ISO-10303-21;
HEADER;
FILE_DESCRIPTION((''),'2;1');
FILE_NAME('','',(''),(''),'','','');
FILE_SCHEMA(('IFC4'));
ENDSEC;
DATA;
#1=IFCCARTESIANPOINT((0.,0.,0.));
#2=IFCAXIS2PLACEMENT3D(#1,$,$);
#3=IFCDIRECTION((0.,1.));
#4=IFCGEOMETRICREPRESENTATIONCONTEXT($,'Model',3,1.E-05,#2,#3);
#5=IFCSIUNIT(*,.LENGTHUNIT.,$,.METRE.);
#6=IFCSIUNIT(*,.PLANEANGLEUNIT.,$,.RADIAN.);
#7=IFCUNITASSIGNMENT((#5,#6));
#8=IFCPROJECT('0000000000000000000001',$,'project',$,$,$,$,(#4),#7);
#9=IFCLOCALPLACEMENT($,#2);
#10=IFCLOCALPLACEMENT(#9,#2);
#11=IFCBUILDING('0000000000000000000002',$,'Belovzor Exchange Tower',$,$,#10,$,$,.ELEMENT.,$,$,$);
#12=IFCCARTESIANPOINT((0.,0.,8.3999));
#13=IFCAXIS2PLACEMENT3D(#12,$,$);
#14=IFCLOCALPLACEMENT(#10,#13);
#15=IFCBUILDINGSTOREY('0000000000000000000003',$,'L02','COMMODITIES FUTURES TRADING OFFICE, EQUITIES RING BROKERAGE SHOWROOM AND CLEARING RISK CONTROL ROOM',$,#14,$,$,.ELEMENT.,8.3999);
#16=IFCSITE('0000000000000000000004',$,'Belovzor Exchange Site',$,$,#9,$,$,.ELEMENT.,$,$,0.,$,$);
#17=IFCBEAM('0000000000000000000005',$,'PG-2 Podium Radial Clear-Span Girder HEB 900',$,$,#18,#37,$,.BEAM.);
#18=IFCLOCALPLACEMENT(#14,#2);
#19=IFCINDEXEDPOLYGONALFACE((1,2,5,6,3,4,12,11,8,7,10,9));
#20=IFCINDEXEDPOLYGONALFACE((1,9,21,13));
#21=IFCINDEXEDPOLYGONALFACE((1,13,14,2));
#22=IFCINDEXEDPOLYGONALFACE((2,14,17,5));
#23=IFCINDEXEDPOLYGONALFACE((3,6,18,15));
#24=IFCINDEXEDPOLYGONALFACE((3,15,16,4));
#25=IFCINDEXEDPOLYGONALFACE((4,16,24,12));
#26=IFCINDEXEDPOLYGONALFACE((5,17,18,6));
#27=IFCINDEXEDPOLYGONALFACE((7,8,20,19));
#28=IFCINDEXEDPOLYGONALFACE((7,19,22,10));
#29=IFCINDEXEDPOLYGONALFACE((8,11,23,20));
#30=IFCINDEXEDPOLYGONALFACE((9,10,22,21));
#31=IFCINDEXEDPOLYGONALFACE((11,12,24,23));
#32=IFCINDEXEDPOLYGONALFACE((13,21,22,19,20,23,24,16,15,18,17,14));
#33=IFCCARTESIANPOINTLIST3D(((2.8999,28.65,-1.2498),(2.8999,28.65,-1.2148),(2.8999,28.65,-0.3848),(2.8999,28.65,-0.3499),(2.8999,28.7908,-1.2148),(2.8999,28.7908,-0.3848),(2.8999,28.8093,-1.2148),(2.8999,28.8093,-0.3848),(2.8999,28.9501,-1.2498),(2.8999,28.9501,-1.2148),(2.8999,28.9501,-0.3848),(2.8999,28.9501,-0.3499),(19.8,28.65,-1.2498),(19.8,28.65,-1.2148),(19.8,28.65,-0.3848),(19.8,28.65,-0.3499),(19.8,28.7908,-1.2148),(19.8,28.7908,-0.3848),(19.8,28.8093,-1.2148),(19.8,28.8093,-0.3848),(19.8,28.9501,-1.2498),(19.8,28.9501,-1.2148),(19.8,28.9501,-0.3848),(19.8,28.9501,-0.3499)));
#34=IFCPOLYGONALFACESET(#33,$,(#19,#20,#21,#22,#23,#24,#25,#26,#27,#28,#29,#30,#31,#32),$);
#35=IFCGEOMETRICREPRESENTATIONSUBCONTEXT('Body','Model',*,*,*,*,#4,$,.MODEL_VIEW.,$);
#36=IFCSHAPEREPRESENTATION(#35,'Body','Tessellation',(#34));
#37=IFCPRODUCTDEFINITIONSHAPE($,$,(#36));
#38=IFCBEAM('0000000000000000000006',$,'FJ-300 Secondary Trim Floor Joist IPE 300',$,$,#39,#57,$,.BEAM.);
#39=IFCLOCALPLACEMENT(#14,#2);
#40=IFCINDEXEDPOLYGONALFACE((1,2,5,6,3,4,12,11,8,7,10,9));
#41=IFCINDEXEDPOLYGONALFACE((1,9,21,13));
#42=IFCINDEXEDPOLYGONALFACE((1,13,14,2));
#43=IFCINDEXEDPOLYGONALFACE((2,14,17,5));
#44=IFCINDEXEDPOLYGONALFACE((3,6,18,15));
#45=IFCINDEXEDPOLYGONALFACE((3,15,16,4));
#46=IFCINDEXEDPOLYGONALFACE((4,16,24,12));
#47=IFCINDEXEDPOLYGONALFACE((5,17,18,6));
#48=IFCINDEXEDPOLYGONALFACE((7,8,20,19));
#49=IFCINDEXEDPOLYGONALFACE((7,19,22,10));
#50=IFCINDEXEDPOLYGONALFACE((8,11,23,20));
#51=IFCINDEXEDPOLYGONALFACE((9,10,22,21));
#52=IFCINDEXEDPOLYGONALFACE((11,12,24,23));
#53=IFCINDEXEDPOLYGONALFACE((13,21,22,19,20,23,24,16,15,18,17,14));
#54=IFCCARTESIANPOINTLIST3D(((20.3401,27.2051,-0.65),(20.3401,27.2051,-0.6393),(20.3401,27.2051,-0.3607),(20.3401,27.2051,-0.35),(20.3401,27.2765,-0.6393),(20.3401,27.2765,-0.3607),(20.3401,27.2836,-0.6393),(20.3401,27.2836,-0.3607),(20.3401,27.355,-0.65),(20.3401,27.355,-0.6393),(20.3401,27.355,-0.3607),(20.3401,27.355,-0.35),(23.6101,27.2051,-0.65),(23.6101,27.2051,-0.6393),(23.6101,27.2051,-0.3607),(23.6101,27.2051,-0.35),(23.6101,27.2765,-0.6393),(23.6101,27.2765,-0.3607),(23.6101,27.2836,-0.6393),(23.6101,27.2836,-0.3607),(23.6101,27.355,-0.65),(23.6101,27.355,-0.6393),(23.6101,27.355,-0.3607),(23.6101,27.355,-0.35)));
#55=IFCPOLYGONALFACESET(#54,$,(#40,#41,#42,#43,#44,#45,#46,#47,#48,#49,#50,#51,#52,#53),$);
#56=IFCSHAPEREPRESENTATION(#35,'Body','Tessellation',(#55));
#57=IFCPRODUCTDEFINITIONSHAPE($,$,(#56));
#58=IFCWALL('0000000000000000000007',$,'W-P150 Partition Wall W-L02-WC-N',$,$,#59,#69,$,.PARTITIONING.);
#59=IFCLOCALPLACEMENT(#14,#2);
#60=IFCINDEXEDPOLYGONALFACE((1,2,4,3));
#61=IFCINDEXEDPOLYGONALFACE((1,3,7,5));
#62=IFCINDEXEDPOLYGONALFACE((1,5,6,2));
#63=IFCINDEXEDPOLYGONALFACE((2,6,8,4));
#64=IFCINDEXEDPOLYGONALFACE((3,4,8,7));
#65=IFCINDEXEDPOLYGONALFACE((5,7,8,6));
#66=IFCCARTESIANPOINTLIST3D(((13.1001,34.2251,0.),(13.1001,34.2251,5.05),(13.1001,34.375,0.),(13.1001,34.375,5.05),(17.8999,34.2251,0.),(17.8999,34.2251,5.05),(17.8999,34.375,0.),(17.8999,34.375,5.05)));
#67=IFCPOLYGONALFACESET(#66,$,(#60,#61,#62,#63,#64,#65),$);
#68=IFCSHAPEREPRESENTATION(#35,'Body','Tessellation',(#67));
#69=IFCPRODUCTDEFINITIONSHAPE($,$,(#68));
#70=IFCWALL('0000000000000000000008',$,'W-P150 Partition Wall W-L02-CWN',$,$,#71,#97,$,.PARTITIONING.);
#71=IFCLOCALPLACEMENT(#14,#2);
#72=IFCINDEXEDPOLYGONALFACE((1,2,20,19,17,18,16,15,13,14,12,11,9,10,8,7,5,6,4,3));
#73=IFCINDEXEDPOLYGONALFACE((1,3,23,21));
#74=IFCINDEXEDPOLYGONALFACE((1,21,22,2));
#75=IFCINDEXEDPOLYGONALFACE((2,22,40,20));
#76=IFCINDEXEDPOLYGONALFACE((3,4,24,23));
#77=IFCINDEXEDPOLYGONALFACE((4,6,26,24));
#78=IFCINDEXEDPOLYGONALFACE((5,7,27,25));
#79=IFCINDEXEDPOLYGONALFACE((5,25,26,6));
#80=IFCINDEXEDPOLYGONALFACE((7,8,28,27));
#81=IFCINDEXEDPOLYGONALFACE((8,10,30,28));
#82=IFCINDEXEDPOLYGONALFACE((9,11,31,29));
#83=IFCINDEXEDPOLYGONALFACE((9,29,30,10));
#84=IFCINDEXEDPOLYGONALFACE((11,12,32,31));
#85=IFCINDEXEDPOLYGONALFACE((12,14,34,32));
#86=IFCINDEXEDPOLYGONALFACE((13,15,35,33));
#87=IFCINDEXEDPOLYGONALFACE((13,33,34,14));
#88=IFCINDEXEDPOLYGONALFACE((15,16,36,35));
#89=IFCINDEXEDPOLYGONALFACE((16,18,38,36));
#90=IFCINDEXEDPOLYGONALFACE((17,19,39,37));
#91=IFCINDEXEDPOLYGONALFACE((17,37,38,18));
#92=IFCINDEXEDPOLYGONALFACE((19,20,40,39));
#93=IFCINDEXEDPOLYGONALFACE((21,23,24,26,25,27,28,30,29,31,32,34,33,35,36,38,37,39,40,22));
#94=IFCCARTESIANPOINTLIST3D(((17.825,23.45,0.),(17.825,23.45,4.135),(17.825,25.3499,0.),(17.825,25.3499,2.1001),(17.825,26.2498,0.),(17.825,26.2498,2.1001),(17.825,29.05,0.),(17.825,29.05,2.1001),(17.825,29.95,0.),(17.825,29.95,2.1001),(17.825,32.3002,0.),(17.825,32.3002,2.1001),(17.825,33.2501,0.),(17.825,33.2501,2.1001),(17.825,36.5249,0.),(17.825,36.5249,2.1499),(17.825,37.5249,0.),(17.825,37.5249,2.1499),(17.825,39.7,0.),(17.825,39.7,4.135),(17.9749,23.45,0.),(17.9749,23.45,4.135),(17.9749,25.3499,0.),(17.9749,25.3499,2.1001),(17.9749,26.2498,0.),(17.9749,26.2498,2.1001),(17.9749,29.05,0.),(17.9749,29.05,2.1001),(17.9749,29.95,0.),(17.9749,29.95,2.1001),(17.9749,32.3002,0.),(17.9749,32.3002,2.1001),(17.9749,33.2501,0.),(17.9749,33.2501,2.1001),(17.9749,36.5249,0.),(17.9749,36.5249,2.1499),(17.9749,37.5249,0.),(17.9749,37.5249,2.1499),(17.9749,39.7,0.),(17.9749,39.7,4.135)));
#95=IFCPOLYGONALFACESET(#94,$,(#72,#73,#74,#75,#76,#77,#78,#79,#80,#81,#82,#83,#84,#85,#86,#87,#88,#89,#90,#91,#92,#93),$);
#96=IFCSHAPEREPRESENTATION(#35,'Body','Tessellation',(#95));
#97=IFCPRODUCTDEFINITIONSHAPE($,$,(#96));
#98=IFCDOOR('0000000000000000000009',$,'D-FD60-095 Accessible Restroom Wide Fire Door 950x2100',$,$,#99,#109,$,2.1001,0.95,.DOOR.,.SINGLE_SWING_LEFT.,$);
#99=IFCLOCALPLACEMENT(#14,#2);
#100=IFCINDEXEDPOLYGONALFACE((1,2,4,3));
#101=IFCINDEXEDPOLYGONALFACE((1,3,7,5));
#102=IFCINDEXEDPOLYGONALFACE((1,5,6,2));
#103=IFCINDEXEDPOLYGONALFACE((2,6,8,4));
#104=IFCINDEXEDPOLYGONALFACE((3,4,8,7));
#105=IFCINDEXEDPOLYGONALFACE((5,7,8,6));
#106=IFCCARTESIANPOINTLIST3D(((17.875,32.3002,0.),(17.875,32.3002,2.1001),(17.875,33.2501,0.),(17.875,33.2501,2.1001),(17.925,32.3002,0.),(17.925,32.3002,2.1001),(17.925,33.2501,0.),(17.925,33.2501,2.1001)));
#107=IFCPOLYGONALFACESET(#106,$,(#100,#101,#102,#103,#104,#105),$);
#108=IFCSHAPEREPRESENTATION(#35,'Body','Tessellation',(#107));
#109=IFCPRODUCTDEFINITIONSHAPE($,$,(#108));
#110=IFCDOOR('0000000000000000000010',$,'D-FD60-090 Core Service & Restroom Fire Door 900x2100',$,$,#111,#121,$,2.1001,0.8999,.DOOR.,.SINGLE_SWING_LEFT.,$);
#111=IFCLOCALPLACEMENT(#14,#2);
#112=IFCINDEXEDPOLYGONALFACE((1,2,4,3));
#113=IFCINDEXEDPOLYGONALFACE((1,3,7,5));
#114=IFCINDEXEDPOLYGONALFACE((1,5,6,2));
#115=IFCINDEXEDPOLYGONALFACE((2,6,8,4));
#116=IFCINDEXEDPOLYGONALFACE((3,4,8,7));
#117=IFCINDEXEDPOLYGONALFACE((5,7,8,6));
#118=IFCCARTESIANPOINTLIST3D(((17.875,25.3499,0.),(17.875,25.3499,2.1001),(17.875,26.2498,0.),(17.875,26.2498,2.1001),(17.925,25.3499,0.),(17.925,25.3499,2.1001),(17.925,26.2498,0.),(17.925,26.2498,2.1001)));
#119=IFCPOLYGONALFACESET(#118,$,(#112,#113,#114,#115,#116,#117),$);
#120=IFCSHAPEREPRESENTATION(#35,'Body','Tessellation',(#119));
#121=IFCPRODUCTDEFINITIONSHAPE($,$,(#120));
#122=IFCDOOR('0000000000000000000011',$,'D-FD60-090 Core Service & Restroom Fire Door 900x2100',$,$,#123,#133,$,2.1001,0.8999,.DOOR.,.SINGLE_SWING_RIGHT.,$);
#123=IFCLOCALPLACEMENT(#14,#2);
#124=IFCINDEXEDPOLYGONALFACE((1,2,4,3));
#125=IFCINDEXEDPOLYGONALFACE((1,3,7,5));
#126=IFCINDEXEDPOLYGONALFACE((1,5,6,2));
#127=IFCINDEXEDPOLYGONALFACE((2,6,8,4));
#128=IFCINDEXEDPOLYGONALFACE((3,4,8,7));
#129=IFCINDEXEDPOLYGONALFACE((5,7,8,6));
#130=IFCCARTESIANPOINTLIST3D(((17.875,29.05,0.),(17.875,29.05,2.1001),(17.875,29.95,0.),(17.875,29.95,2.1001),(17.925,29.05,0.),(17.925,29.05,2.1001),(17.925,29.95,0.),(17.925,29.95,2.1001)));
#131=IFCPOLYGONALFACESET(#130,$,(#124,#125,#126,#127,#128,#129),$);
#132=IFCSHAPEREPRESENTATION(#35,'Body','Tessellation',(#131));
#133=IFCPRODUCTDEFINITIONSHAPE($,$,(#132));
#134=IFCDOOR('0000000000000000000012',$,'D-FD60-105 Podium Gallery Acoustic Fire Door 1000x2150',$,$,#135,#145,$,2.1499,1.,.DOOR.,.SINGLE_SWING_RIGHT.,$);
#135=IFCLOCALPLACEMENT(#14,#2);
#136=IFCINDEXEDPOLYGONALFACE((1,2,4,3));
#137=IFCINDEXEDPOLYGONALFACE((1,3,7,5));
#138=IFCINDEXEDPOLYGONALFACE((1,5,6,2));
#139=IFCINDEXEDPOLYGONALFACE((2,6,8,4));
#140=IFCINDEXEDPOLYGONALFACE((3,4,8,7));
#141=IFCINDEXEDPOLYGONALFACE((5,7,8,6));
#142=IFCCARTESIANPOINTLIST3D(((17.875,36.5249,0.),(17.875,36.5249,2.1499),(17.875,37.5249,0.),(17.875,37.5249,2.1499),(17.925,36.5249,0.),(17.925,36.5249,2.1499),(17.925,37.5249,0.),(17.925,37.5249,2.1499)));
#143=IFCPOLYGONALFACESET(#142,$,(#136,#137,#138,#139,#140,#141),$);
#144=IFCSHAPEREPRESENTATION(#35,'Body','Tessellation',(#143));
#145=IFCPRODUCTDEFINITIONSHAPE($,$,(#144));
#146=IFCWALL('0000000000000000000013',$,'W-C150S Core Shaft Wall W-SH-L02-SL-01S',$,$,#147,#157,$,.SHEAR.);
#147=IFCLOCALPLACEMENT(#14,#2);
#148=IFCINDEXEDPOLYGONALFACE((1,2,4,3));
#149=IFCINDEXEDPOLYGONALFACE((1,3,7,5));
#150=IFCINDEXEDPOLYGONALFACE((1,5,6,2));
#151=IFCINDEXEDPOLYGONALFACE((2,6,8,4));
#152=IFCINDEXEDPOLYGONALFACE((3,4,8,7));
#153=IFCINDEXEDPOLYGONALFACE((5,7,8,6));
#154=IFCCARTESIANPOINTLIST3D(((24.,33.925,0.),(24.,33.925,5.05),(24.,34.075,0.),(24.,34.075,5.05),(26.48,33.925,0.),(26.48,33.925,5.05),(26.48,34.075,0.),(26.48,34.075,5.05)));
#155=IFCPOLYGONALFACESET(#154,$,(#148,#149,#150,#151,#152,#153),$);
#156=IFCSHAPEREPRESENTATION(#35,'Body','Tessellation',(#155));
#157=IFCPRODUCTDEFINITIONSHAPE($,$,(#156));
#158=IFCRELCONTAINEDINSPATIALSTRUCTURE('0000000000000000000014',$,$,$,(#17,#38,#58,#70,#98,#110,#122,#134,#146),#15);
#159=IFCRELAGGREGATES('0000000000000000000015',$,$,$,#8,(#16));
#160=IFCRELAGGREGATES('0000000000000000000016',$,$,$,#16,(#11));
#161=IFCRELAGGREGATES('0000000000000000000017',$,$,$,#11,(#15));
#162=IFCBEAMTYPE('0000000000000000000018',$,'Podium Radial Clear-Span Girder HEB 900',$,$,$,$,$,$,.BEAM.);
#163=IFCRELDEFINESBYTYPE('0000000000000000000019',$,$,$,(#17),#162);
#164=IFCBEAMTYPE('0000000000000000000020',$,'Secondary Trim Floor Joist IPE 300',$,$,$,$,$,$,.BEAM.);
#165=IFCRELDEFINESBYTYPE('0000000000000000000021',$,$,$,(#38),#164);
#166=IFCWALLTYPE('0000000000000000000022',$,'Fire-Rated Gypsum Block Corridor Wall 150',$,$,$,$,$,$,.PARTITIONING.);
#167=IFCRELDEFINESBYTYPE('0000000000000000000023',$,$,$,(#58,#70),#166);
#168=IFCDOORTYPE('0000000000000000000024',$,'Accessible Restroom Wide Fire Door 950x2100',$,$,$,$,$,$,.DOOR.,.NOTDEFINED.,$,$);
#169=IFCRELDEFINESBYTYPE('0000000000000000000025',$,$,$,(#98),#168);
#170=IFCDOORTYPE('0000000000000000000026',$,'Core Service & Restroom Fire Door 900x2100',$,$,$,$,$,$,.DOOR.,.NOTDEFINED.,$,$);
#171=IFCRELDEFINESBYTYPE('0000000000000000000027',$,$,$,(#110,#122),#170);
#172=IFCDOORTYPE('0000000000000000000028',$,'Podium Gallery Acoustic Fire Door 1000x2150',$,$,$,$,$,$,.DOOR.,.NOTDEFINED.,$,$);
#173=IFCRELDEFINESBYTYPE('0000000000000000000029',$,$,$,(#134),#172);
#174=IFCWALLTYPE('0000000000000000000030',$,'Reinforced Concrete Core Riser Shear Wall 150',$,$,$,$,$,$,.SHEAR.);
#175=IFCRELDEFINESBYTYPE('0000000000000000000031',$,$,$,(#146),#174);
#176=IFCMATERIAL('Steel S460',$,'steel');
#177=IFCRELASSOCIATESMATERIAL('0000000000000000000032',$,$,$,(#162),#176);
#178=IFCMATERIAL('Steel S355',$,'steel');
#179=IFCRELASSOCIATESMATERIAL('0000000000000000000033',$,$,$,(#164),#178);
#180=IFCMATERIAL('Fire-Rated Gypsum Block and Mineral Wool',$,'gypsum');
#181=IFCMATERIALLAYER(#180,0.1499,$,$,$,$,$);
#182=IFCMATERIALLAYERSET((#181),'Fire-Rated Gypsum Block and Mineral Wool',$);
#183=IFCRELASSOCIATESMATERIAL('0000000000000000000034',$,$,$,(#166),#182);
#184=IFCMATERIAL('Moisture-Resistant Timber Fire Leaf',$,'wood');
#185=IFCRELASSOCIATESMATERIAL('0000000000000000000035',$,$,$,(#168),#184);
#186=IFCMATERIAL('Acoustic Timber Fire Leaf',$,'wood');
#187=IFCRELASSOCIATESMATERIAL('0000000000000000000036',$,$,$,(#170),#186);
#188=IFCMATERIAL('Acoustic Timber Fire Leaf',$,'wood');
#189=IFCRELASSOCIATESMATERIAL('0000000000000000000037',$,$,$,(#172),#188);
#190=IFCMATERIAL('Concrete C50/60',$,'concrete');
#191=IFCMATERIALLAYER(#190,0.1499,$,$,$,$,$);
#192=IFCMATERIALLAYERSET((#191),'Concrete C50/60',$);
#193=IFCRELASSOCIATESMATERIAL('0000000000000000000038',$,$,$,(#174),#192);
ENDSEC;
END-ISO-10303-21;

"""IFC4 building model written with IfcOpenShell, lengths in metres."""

from ifc_helpers import new_model, si_unit, direction, frame, frame_2d, origin, origin_2d, place, context, subcontext, project, spatial, rectangle, i_section, extrude, material, layer, layer_set, material_profile, profile_set, type_object, element, fill, save


model = new_model("IFC4")

# Units and contexts
model_context = context("Model", 3, precision=1e-05, world=origin(), true_north=direction((0.0, 1.0)))
body_context = subcontext(model_context, "Body", "Model", "MODEL_VIEW")
ifc_project = project(units=[si_unit("LENGTHUNIT", "METRE"), si_unit("PLANEANGLEUNIT", "RADIAN")], contexts=[model_context])

# Site, building, storey
site_placement = place(None, origin())
site = spatial("IfcSite", under=ifc_project, at=site_placement, Name="Belovzor Exchange Site", CompositionType="ELEMENT", RefElevation=0.0)
building_placement = place(site_placement, origin())
building = spatial("IfcBuilding", under=site, at=building_placement, Name="Belovzor Exchange Tower", CompositionType="ELEMENT")
storey_placement = place(building_placement, frame((0.0, 0.0, 8.3999)))
storey = spatial("IfcBuildingStorey", under=building, at=storey_placement, Name="L02", Description="COMMODITIES FUTURES TRADING OFFICE, EQUITIES RING BROKERAGE SHOWROOM AND CLEARING RISK CONTROL ROOM", CompositionType="ELEMENT", Elevation=8.3999)

# Beams
ifc_material_1 = material(Name="Steel S460", Category="steel")
ifc_material_profile_1 = material_profile(ifc_material_1, i_section(OverallWidth=0.3, OverallDepth=0.8999, WebThickness=0.0186, FlangeThickness=0.0349, at=origin_2d()))
ifc_profile_set_1 = profile_set([ifc_material_profile_1], Name="Steel S460")
beam_type_1 = type_object("IfcBeamType", Name="Podium Radial Clear-Span Girder HEB 900", PredefinedType="BEAM", material=ifc_profile_set_1)
beam_1_placement = place(storey_placement, frame((19.8, 28.8, -0.7998), z_axis=(-1.0, 0.0, 0.0), x_axis=(0.0, -1.0, 0.0)))
element("IfcBeam", 1, at=beam_1_placement, inside=storey, type_object=beam_type_1, Name="PG-2 Podium Radial Clear-Span Girder HEB 900", PredefinedType="BEAM", context=body_context, shape_type="SweptSolid", body=[
    extrude(i_section(OverallWidth=0.3, OverallDepth=0.8999, WebThickness=0.0186, FlangeThickness=0.0349, at=origin_2d()), origin(), (0.0, 0.0, 1.0), 16.9001),
])
ifc_material_2 = material(Name="Steel S355", Category="steel")
ifc_material_profile_2 = material_profile(ifc_material_2, i_section(OverallWidth=0.1499, OverallDepth=0.3, WebThickness=0.0071, FlangeThickness=0.0107, at=origin_2d()))
ifc_profile_set_2 = profile_set([ifc_material_profile_2], Name="Steel S355")
beam_type_2 = type_object("IfcBeamType", Name="Secondary Trim Floor Joist IPE 300", PredefinedType="BEAM", material=ifc_profile_set_2)
beam_2_placement = place(storey_placement, frame((20.3401, 27.28, -0.5), z_axis=(1.0, 0.0, 0.0), x_axis=(0.0, 1.0, 0.0)))
element("IfcBeam", 2, at=beam_2_placement, inside=storey, type_object=beam_type_2, Name="FJ-300 Secondary Trim Floor Joist IPE 300", PredefinedType="BEAM", context=body_context, shape_type="SweptSolid", body=[
    extrude(i_section(OverallWidth=0.1499, OverallDepth=0.3, WebThickness=0.0071, FlangeThickness=0.0107, at=origin_2d()), origin(), (0.0, 0.0, 1.0), 3.27),
])

# Wall
ifc_material_3 = material(Name="Fire-Rated Gypsum Block and Mineral Wool", Category="gypsum")
ifc_layer_1 = layer(ifc_material_3, 0.1499)
ifc_layer_set_1 = layer_set([ifc_layer_1], Name="Fire-Rated Gypsum Block and Mineral Wool")
wall_type_1 = type_object("IfcWallType", Name="Fire-Rated Gypsum Block Corridor Wall 150", PredefinedType="PARTITIONING", material=ifc_layer_set_1)
wall_1_placement = place(storey_placement, frame((13.1001, 34.3, 0.0), z_axis=(0.0, 0.0, 1.0), x_axis=(1.0, 0.0, 0.0)))
element("IfcWall", 3, at=wall_1_placement, inside=storey, type_object=wall_type_1, Name="W-P150 Partition Wall W-L02-WC-N", PredefinedType="PARTITIONING", context=body_context, shape_type="SweptSolid", body=[
    extrude(rectangle(XDim=4.7998, YDim=0.1499, at=frame_2d((2.3999, 0.0))), origin(), (0.0, 0.0, 1.0), 5.05),
])

# Wall, openings, doors
wall_2_placement = place(storey_placement, frame((17.8999, 23.45, 0.0), z_axis=(0.0, 0.0, 1.0), x_axis=(0.0, 1.0, 0.0)))
wall_2 = element("IfcWall", 4, at=wall_2_placement, inside=storey, type_object=wall_type_1, Name="W-P150 Partition Wall W-L02-CWN", PredefinedType="PARTITIONING", context=body_context, shape_type="SweptSolid", body=[
    extrude(rectangle(XDim=16.25, YDim=0.1499, at=frame_2d((8.125, 0.0))), origin(), (0.0, 0.0, 1.0), 4.135),
])
opening_1_placement = place(wall_2_placement, frame((1.8999, 0.0, 0.0)))
opening_1 = element("IfcOpeningElement", 5, at=opening_1_placement, cuts=wall_2, PredefinedType="OPENING", context=body_context, shape_type="SweptSolid", body=[
    extrude(rectangle(XDim=0.8999, YDim=2.1001, at=frame_2d((0.45, 1.05))), frame((0.0, 0.085, 0.0), z_axis=(0.0, -1.0, 0.0), x_axis=(1.0, 0.0, 0.0)), (0.0, 0.0, 1.0), 0.1699),
])
opening_2_placement = place(wall_2_placement, frame((5.6001, 0.0, 0.0)))
opening_2 = element("IfcOpeningElement", 6, at=opening_2_placement, cuts=wall_2, PredefinedType="OPENING", context=body_context, shape_type="SweptSolid", body=[
    extrude(rectangle(XDim=0.8999, YDim=2.1001, at=frame_2d((0.45, 1.05))), frame((0.0, 0.085, 0.0), z_axis=(0.0, -1.0, 0.0), x_axis=(1.0, 0.0, 0.0)), (0.0, 0.0, 1.0), 0.1699),
])
opening_3_placement = place(wall_2_placement, frame((8.8501, 0.0, 0.0)))
opening_3 = element("IfcOpeningElement", 7, at=opening_3_placement, cuts=wall_2, PredefinedType="OPENING", context=body_context, shape_type="SweptSolid", body=[
    extrude(rectangle(XDim=0.95, YDim=2.1001, at=frame_2d((0.4751, 1.05))), frame((0.0, 0.085, 0.0), z_axis=(0.0, -1.0, 0.0), x_axis=(1.0, 0.0, 0.0)), (0.0, 0.0, 1.0), 0.1699),
])
opening_4_placement = place(wall_2_placement, frame((13.075, 0.0, 0.0)))
opening_4 = element("IfcOpeningElement", 8, at=opening_4_placement, cuts=wall_2, PredefinedType="OPENING", context=body_context, shape_type="SweptSolid", body=[
    extrude(rectangle(XDim=1.0, YDim=2.1499, at=frame_2d((0.5, 1.075))), frame((0.0, 0.085, 0.0), z_axis=(0.0, -1.0, 0.0), x_axis=(1.0, 0.0, 0.0)), (0.0, 0.0, 1.0), 0.1699),
])
ifc_material_4 = material(Name="Moisture-Resistant Timber Fire Leaf", Category="wood")
door_type_1 = type_object("IfcDoorType", Name="Accessible Restroom Wide Fire Door 950x2100", OperationType="NOTDEFINED", PredefinedType="DOOR", material=ifc_material_4)
door_1_placement = place(opening_3_placement, origin())
door_1 = element("IfcDoor", 9, at=door_1_placement, inside=storey, type_object=door_type_1, Name="D-FD60-095 Accessible Restroom Wide Fire Door 950x2100", OperationType="SINGLE_SWING_LEFT", OverallHeight=2.1001, OverallWidth=0.95, PredefinedType="DOOR", context=body_context, shape_type="SweptSolid", body=[
    extrude(rectangle(XDim=0.95, YDim=2.1001, at=frame_2d((0.4751, 1.05))), frame((0.0, 0.0249, 0.0), z_axis=(0.0, -1.0, 0.0), x_axis=(1.0, 0.0, 0.0)), (0.0, 0.0, 1.0), 0.05),
])
fill(opening_3, door_1)
ifc_material_5 = material(Name="Acoustic Timber Fire Leaf", Category="wood")
door_type_2 = type_object("IfcDoorType", Name="Core Service & Restroom Fire Door 900x2100", OperationType="NOTDEFINED", PredefinedType="DOOR", material=ifc_material_5)
door_2_placement = place(opening_1_placement, origin())
door_2 = element("IfcDoor", 10, at=door_2_placement, inside=storey, type_object=door_type_2, Name="D-FD60-090 Core Service & Restroom Fire Door 900x2100", OperationType="SINGLE_SWING_LEFT", OverallHeight=2.1001, OverallWidth=0.8999, PredefinedType="DOOR", context=body_context, shape_type="SweptSolid", body=[
    extrude(rectangle(XDim=0.8999, YDim=2.1001, at=frame_2d((0.45, 1.05))), frame((0.0, 0.0249, 0.0), z_axis=(0.0, -1.0, 0.0), x_axis=(1.0, 0.0, 0.0)), (0.0, 0.0, 1.0), 0.05),
])
fill(opening_1, door_2)
door_3_placement = place(opening_2_placement, origin())
door_3 = element("IfcDoor", 11, at=door_3_placement, inside=storey, type_object=door_type_2, Name="D-FD60-090 Core Service & Restroom Fire Door 900x2100", OperationType="SINGLE_SWING_RIGHT", OverallHeight=2.1001, OverallWidth=0.8999, PredefinedType="DOOR", context=body_context, shape_type="SweptSolid", body=[
    extrude(rectangle(XDim=0.8999, YDim=2.1001, at=frame_2d((0.45, 1.05))), frame((0.0, 0.0249, 0.0), z_axis=(0.0, -1.0, 0.0), x_axis=(1.0, 0.0, 0.0)), (0.0, 0.0, 1.0), 0.05),
])
fill(opening_2, door_3)
ifc_material_6 = material(Name="Acoustic Timber Fire Leaf", Category="wood")
door_type_3 = type_object("IfcDoorType", Name="Podium Gallery Acoustic Fire Door 1000x2150", OperationType="NOTDEFINED", PredefinedType="DOOR", material=ifc_material_6)
door_4_placement = place(opening_4_placement, origin())
door_4 = element("IfcDoor", 12, at=door_4_placement, inside=storey, type_object=door_type_3, Name="D-FD60-105 Podium Gallery Acoustic Fire Door 1000x2150", OperationType="SINGLE_SWING_RIGHT", OverallHeight=2.1499, OverallWidth=1.0, PredefinedType="DOOR", context=body_context, shape_type="SweptSolid", body=[
    extrude(rectangle(XDim=1.0, YDim=2.1499, at=frame_2d((0.5, 1.075))), frame((0.0, 0.0249, 0.0), z_axis=(0.0, -1.0, 0.0), x_axis=(1.0, 0.0, 0.0)), (0.0, 0.0, 1.0), 0.05),
])
fill(opening_4, door_4)

# Wall
ifc_material_7 = material(Name="Concrete C50/60", Category="concrete")
ifc_layer_2 = layer(ifc_material_7, 0.1499)
ifc_layer_set_2 = layer_set([ifc_layer_2], Name="Concrete C50/60")
wall_type_2 = type_object("IfcWallType", Name="Reinforced Concrete Core Riser Shear Wall 150", PredefinedType="SHEAR", material=ifc_layer_set_2)
wall_3_placement = place(storey_placement, frame((24.0, 34.0, 0.0), z_axis=(0.0, 0.0, 1.0), x_axis=(1.0, 0.0, 0.0)))
element("IfcWall", 13, at=wall_3_placement, inside=storey, type_object=wall_type_2, Name="W-C150S Core Shaft Wall W-SH-L02-SL-01S", PredefinedType="SHEAR", context=body_context, shape_type="SweptSolid", body=[
    extrude(rectangle(XDim=2.48, YDim=0.1499, at=frame_2d((1.24, 0.0))), origin(), (0.0, 0.0, 1.0), 5.05),
])

save(model, "model.ifc")
